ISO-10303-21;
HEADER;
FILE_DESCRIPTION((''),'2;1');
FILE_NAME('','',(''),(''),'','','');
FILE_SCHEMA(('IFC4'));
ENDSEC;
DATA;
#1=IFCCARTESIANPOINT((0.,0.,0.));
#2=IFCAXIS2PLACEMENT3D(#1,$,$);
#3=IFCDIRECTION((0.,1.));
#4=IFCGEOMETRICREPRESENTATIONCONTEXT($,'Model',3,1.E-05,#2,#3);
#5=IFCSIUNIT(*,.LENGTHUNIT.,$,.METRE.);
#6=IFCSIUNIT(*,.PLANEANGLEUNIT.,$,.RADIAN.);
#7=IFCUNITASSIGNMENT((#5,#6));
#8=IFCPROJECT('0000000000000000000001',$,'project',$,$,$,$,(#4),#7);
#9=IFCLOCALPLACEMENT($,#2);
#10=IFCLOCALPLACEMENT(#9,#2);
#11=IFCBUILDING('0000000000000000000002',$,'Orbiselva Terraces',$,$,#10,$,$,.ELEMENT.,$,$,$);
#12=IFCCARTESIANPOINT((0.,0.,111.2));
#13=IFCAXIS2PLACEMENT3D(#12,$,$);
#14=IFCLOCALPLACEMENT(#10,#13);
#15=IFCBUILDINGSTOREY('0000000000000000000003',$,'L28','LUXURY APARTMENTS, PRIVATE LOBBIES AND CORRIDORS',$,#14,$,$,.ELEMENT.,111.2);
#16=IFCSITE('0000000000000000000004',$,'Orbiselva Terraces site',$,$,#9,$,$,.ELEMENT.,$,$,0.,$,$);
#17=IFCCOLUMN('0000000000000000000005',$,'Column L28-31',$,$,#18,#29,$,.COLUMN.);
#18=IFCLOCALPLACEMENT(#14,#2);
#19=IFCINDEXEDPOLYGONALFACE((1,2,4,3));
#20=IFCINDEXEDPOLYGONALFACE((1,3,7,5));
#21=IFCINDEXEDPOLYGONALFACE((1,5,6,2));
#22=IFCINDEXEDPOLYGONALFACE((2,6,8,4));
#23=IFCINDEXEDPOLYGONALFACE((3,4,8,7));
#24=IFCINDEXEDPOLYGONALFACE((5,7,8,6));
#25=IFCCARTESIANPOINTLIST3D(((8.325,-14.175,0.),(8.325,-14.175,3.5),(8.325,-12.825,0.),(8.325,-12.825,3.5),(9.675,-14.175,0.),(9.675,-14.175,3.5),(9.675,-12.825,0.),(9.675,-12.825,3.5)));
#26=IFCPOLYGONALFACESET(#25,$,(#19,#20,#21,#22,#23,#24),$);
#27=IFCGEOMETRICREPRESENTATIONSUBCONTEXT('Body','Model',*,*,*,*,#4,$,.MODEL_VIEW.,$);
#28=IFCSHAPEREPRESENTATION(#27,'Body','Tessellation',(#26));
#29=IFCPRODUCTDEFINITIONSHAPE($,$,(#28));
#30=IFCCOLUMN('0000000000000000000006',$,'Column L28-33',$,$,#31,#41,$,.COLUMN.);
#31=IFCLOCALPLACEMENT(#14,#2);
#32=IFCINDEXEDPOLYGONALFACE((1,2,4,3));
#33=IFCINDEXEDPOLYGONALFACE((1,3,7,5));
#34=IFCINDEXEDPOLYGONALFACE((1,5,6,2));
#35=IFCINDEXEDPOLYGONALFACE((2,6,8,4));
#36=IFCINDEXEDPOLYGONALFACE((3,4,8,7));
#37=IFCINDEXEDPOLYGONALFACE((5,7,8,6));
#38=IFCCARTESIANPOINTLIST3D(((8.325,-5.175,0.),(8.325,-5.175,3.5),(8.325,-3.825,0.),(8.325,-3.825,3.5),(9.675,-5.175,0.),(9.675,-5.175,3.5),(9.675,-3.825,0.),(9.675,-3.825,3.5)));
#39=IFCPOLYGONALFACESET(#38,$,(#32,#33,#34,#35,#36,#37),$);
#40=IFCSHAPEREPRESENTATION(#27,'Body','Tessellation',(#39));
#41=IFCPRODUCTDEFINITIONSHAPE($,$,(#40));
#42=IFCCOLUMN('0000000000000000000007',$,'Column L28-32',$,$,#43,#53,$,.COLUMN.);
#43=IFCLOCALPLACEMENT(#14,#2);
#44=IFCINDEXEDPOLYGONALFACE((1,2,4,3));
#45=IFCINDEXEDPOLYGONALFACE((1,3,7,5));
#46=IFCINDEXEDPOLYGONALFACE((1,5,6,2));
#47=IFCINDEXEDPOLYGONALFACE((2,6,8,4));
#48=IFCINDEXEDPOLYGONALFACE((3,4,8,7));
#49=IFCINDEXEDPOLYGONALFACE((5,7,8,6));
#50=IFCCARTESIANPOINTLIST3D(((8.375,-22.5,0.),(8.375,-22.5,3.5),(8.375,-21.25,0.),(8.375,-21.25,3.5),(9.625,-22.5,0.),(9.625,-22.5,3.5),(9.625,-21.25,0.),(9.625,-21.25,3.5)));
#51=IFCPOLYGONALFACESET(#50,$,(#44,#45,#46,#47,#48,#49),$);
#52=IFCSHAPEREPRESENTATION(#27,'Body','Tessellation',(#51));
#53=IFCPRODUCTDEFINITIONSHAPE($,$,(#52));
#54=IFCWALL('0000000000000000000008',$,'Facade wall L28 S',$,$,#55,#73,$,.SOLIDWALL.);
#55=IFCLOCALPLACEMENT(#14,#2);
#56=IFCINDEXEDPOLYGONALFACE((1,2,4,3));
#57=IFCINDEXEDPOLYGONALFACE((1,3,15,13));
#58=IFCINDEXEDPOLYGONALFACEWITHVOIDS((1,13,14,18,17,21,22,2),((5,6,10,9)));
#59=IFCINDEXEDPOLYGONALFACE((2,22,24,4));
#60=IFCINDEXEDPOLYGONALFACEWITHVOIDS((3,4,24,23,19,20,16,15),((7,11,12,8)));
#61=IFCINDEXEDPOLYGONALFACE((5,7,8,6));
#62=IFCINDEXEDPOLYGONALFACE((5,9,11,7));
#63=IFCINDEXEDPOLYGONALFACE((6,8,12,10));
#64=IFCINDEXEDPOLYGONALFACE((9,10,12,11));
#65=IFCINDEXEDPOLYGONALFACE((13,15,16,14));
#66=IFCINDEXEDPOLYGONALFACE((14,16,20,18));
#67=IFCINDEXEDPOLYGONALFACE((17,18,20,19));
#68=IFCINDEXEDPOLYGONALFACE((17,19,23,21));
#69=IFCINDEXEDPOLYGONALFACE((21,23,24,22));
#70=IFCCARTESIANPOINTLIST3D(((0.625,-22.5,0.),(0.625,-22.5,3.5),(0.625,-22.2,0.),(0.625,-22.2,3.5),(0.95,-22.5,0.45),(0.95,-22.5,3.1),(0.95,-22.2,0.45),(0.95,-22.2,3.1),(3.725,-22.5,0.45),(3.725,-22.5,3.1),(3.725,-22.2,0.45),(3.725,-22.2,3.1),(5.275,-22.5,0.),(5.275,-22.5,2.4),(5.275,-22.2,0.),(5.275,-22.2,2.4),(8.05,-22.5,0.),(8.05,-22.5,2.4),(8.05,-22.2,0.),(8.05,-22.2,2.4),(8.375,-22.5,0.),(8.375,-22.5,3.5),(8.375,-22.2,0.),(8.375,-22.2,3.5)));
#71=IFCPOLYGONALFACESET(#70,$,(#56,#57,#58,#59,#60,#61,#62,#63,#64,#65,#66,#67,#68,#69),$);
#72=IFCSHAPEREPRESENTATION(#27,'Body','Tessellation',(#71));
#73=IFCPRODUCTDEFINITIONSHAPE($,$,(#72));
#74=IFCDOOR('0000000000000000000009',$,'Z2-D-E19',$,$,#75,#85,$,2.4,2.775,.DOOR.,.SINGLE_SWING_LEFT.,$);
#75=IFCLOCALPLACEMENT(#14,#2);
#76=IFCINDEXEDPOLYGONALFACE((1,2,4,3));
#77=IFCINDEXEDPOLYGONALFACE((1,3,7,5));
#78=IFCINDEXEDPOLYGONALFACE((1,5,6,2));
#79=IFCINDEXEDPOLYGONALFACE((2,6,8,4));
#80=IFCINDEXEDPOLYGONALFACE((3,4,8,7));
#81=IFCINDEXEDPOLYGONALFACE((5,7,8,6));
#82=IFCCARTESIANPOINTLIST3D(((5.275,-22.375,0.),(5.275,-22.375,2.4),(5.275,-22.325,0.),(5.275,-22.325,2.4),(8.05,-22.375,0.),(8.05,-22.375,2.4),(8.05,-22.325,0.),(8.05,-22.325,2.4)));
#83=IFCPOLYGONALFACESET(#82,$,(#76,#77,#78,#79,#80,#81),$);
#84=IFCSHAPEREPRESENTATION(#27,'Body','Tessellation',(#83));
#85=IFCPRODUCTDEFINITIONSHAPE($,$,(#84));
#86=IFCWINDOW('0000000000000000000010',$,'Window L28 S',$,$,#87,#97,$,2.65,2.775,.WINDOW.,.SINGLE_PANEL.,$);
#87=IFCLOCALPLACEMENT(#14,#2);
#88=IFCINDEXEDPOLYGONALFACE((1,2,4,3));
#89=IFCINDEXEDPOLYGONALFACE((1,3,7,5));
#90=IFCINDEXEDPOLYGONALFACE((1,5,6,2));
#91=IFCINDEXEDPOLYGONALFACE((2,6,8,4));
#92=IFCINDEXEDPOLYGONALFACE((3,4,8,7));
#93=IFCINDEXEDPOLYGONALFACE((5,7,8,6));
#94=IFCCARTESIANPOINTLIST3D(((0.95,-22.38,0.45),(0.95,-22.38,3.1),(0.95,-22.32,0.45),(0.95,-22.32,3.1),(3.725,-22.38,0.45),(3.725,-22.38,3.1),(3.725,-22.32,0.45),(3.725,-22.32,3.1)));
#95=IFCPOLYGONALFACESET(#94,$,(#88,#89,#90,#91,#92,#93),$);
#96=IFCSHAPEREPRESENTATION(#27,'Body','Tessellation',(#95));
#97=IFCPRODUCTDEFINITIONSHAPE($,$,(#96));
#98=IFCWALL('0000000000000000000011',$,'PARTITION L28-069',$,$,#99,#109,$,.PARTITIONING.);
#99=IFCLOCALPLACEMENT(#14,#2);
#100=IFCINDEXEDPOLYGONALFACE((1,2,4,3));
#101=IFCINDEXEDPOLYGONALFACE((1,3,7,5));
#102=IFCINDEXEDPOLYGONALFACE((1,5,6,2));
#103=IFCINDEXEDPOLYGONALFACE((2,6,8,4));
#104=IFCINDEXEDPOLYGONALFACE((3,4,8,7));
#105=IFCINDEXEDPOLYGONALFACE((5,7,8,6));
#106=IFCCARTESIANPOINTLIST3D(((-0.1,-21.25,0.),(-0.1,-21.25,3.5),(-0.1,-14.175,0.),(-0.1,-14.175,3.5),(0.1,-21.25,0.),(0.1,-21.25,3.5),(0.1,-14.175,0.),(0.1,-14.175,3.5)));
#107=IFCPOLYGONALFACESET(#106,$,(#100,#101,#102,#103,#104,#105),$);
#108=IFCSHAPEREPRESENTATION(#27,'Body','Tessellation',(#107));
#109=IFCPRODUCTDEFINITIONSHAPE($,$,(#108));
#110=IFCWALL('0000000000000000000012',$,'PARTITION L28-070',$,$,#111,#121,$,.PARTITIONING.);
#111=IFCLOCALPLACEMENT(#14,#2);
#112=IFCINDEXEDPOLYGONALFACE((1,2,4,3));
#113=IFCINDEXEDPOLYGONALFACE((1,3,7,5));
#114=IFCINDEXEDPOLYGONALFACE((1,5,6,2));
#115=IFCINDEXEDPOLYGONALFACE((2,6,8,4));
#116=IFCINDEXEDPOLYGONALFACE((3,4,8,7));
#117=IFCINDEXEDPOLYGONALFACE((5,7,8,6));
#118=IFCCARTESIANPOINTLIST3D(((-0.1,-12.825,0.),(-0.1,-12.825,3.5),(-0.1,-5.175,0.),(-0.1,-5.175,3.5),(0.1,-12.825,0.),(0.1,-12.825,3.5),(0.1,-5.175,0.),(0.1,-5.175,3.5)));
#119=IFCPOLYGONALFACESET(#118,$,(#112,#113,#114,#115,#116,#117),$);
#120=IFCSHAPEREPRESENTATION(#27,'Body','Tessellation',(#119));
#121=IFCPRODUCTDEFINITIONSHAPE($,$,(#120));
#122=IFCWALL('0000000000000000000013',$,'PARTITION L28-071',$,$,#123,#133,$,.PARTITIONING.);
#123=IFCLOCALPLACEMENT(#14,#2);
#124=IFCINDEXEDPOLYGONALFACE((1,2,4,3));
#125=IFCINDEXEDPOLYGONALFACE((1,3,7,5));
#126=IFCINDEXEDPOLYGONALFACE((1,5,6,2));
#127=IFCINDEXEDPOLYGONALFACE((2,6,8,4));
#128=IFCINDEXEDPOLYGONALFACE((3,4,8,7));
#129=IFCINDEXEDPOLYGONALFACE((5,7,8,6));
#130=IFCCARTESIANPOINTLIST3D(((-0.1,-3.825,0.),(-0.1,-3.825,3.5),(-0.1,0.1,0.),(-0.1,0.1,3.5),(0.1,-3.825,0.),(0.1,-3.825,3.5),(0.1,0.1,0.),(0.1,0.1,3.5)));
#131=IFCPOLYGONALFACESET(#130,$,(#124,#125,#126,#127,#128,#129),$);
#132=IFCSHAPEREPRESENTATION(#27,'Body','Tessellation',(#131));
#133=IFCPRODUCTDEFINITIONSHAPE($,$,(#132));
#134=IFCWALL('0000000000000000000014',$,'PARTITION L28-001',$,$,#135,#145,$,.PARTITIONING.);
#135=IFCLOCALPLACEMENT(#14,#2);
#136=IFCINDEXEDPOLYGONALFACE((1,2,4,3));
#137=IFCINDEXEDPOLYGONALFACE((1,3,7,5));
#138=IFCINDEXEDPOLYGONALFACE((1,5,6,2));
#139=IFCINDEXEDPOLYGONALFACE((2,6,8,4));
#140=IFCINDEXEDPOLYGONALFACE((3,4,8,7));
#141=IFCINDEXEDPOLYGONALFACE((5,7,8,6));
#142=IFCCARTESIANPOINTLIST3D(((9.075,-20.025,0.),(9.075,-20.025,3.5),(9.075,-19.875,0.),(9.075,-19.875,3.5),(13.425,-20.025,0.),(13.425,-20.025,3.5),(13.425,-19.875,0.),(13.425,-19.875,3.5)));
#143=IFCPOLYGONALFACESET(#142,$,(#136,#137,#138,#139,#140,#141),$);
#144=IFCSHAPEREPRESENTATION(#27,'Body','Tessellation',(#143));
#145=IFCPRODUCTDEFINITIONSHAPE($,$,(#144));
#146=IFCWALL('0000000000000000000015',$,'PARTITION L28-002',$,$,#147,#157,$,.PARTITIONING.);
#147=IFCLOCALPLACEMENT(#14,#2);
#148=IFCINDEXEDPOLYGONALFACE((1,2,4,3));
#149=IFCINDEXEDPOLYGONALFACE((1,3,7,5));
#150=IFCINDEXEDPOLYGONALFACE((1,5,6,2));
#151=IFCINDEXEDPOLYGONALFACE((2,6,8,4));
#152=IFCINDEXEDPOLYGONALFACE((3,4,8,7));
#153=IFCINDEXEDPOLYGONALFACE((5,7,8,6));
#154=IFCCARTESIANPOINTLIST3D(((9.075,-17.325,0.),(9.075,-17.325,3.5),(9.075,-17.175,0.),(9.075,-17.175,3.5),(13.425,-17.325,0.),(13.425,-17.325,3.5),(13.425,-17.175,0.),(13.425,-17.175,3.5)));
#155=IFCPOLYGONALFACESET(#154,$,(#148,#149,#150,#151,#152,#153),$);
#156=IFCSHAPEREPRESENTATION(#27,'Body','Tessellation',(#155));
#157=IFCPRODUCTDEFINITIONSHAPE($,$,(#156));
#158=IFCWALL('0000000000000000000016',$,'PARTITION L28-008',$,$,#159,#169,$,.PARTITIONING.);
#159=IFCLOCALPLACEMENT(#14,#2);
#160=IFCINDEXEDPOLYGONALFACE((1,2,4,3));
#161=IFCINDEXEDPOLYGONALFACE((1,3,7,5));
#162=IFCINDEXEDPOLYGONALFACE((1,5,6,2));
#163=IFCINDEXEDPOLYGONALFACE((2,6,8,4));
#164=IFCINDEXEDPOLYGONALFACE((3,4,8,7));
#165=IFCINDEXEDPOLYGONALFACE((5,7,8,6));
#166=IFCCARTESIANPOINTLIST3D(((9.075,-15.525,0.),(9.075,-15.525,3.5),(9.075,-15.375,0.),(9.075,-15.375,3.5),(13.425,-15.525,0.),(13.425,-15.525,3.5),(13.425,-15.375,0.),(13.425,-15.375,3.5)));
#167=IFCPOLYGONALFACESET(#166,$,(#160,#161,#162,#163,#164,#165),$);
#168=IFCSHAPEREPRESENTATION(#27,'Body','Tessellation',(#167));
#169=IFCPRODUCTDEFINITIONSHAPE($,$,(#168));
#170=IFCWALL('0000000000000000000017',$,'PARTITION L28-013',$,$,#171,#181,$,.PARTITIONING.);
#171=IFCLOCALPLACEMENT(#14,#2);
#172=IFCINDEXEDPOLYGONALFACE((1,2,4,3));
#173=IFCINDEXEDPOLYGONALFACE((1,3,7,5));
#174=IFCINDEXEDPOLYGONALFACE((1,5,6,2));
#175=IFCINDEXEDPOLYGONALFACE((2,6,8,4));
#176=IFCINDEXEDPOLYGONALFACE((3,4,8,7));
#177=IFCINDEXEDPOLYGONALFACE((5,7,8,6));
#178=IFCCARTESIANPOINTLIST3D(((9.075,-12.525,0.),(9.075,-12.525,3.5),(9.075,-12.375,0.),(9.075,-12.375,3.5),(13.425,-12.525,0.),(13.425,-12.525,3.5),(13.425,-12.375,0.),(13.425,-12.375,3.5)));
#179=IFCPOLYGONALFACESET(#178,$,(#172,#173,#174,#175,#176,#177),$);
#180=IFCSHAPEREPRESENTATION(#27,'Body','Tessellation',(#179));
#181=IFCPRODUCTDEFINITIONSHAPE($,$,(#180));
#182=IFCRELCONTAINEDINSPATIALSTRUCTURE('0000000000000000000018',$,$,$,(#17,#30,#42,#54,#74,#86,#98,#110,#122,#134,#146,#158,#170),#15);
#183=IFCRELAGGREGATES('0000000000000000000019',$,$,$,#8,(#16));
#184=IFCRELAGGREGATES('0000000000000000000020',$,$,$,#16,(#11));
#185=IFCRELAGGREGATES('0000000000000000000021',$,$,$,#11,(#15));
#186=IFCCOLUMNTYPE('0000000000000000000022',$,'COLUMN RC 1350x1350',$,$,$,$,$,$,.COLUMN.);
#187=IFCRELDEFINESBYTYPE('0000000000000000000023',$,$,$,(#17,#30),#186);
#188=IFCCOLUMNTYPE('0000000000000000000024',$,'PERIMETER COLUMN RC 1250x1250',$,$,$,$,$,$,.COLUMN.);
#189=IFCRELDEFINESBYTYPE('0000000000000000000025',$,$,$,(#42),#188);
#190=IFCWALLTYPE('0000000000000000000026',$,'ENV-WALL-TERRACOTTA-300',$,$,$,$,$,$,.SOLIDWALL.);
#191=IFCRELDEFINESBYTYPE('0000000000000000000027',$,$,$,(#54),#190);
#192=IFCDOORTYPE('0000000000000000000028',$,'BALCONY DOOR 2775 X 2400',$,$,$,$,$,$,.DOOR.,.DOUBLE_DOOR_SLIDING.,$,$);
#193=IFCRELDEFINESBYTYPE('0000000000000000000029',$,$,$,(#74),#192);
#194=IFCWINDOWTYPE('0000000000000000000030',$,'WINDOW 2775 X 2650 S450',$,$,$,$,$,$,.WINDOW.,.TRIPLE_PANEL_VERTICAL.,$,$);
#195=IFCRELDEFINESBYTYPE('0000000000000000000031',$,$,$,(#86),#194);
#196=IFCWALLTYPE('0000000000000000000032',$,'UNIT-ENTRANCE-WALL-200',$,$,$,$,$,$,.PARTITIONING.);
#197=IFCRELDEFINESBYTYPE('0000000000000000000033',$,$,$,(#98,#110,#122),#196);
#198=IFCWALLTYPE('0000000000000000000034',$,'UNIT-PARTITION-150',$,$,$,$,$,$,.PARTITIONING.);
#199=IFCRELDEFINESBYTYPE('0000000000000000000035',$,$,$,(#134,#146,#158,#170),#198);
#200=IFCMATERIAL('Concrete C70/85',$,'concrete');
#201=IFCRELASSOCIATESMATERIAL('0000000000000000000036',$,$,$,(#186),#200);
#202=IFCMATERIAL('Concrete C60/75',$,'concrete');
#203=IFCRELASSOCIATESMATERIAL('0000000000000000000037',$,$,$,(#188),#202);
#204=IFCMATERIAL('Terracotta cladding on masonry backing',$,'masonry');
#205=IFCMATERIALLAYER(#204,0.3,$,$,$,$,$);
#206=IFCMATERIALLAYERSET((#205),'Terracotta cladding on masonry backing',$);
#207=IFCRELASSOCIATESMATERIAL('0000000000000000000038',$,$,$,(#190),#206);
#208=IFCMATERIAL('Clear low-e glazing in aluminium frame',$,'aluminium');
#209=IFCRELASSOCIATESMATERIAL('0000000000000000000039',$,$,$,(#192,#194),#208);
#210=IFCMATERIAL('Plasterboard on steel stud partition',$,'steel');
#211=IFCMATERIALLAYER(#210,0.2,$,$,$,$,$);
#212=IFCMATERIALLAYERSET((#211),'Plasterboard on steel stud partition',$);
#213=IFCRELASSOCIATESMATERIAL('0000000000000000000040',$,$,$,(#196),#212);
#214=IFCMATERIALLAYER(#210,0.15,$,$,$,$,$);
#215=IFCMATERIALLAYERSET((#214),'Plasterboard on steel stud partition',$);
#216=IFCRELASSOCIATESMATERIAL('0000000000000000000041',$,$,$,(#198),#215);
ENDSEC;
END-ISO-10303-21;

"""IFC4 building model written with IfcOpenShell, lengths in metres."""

from ifc_helpers import new_model, si_unit, direction, frame, frame_2d, origin, origin_2d, place, context, subcontext, project, spatial, rectangle, extrude, material, layer, layer_set, material_profile, profile_set, type_object, element, fill, save


model = new_model("IFC4")

# Units and contexts
model_context = context("Model", 3, precision=1e-05, world=origin(), true_north=direction((0.0, 1.0)))
body_context = subcontext(model_context, "Body", "Model", "MODEL_VIEW")
ifc_project = project(units=[si_unit("LENGTHUNIT", "METRE"), si_unit("PLANEANGLEUNIT", "RADIAN")], contexts=[model_context])

# Site, building, storey
site_placement = place(None, origin())
site = spatial("IfcSite", under=ifc_project, at=site_placement, Name="Orbiselva Terraces site", CompositionType="ELEMENT", RefElevation=0.0)
building_placement = place(site_placement, origin())
building = spatial("IfcBuilding", under=site, at=building_placement, Name="Orbiselva Terraces", CompositionType="ELEMENT")
storey_placement = place(building_placement, frame((0.0, 0.0, 111.2)))
storey = spatial("IfcBuildingStorey", under=building, at=storey_placement, Name="L28", Description="LUXURY APARTMENTS, PRIVATE LOBBIES AND CORRIDORS", CompositionType="ELEMENT", Elevation=111.2)

# Columns
ifc_material_1 = material(Name="Concrete C70/85", Category="concrete")
ifc_material_profile_1 = material_profile(ifc_material_1, rectangle(XDim=1.35, YDim=1.35, at=origin_2d()), Name="RC 1350x1350")
ifc_profile_set_1 = profile_set([ifc_material_profile_1], Name="Concrete C70/85")
column_type_1 = type_object("IfcColumnType", Name="COLUMN RC 1350x1350", PredefinedType="COLUMN", material=ifc_profile_set_1)
for number, where, z_axis, x_axis, name in (
    (1, (9.0, -13.5, 0.0), (0.0, 0.0, 1.0), (1.0, 0.0, 0.0), "Column L28-31"),
    (2, (9.0, -4.5, 0.0), (0.0, 0.0, 1.0), (1.0, 0.0, 0.0), "Column L28-33"),
):
    element("IfcColumn", number, at=place(storey_placement, frame(where, z_axis=z_axis, x_axis=x_axis)), inside=storey, type_object=column_type_1, Name=name, PredefinedType="COLUMN", context=body_context, shape_type="SweptSolid", body=[
        extrude(rectangle(XDim=1.35, YDim=1.35, at=origin_2d()), origin(), (0.0, 0.0, 1.0), 3.5),
    ])
ifc_material_2 = material(Name="Concrete C60/75", Category="concrete")
ifc_material_profile_2 = material_profile(ifc_material_2, rectangle(XDim=1.25, YDim=1.25, at=origin_2d()), Name="RC 1250x1250")
ifc_profile_set_2 = profile_set([ifc_material_profile_2], Name="Concrete C60/75")
column_type_2 = type_object("IfcColumnType", Name="PERIMETER COLUMN RC 1250x1250", PredefinedType="COLUMN", material=ifc_profile_set_2)
column_placement = place(storey_placement, frame((9.0, -21.875, 0.0), z_axis=(0.0, 0.0, 1.0), x_axis=(1.0, 0.0, 0.0)))
element("IfcColumn", 3, at=column_placement, inside=storey, type_object=column_type_2, Name="Column L28-32", PredefinedType="COLUMN", context=body_context, shape_type="SweptSolid", body=[
    extrude(rectangle(XDim=1.25, YDim=1.25, at=origin_2d()), origin(), (0.0, 0.0, 1.0), 3.5),
])

# Wall, openings, door, window
ifc_material_3 = material(Name="Terracotta cladding on masonry backing", Category="masonry")
ifc_layer_1 = layer(ifc_material_3, 0.3)
ifc_layer_set_1 = layer_set([ifc_layer_1], Name="Terracotta cladding on masonry backing")
wall_type_1 = type_object("IfcWallType", Name="ENV-WALL-TERRACOTTA-300", PredefinedType="SOLIDWALL", material=ifc_layer_set_1)
wall_1_placement = place(storey_placement, frame((8.375, -22.35, 0.0), z_axis=(0.0, 0.0, 1.0), x_axis=(-1.0, 0.0, 0.0)))
wall_1 = element("IfcWall", 4, at=wall_1_placement, inside=storey, type_object=wall_type_1, Name="Facade wall L28 S", PredefinedType="SOLIDWALL", context=body_context, shape_type="SweptSolid", body=[
    extrude(rectangle(XDim=7.75, YDim=0.3, at=frame_2d((3.875, 0.0))), origin(), (0.0, 0.0, 1.0), 3.5),
])
opening_1_placement = place(wall_1_placement, frame((4.65, 0.0, 0.45)))
opening_1 = element("IfcOpeningElement", 5, at=opening_1_placement, cuts=wall_1, PredefinedType="OPENING", context=body_context, shape_type="SweptSolid", body=[
    extrude(rectangle(XDim=2.775, YDim=2.65, at=frame_2d((1.3875, 1.325))), frame((0.0, 0.16, 0.0), z_axis=(0.0, -1.0, 0.0), x_axis=(1.0, 0.0, 0.0)), (0.0, 0.0, 1.0), 0.32),
])
opening_2_placement = place(wall_1_placement, frame((0.325, 0.0, 0.0)))
opening_2 = element("IfcOpeningElement", 6, at=opening_2_placement, cuts=wall_1, PredefinedType="OPENING", context=body_context, shape_type="SweptSolid", body=[
    extrude(rectangle(XDim=2.775, YDim=2.4, at=frame_2d((1.3875, 1.2))), frame((0.0, 0.16, 0.0), z_axis=(0.0, -1.0, 0.0), x_axis=(1.0, 0.0, 0.0)), (0.0, 0.0, 1.0), 0.32),
])
ifc_material_4 = material(Name="Clear low-e glazing in aluminium frame", Category="aluminium")
door_type_1 = type_object("IfcDoorType", Name="BALCONY DOOR 2775 X 2400", OperationType="DOUBLE_DOOR_SLIDING", PredefinedType="DOOR", material=ifc_material_4)
door_1_placement = place(opening_2_placement, origin())
door_1 = element("IfcDoor", 7, at=door_1_placement, inside=storey, type_object=door_type_1, Name="Z2-D-E19", OperationType="SINGLE_SWING_LEFT", OverallHeight=2.4, OverallWidth=2.775, PredefinedType="DOOR", context=body_context, shape_type="SweptSolid", body=[
    extrude(rectangle(XDim=2.775, YDim=2.4, at=frame_2d((1.3875, 1.2))), frame((0.0, 0.025, 0.0), z_axis=(0.0, -1.0, 0.0), x_axis=(1.0, 0.0, 0.0)), (0.0, 0.0, 1.0), 0.05),
])
fill(opening_2, door_1)
window_type = type_object("IfcWindowType", Name="WINDOW 2775 X 2650 S450", PartitioningType="TRIPLE_PANEL_VERTICAL", PredefinedType="WINDOW", material=ifc_material_4)
window_placement = place(opening_1_placement, origin())
window = element("IfcWindow", 8, at=window_placement, inside=storey, type_object=window_type, Name="Window L28 S", OverallHeight=2.65, OverallWidth=2.775, PartitioningType="SINGLE_PANEL", PredefinedType="WINDOW", context=body_context, shape_type="SweptSolid", body=[
    extrude(rectangle(XDim=2.775, YDim=2.65, at=frame_2d((1.3875, 1.325))), frame((0.0, 0.03, 0.0), z_axis=(0.0, -1.0, 0.0), x_axis=(1.0, 0.0, 0.0)), (0.0, 0.0, 1.0), 0.06),
])
fill(opening_1, window)

# Walls
ifc_material_5 = material(Name="Plasterboard on steel stud partition", Category="steel")
ifc_layer_2 = layer(ifc_material_5, 0.2)
ifc_layer_set_2 = layer_set([ifc_layer_2], Name="Plasterboard on steel stud partition")
wall_type_2 = type_object("IfcWallType", Name="UNIT-ENTRANCE-WALL-200", PredefinedType="PARTITIONING", material=ifc_layer_set_2)
wall_2_placement = place(storey_placement, frame((0.0, -21.25, 0.0), z_axis=(0.0, 0.0, 1.0), x_axis=(0.0, 1.0, 0.0)))
element("IfcWall", 9, at=wall_2_placement, inside=storey, type_object=wall_type_2, Name="PARTITION L28-069", PredefinedType="PARTITIONING", context=body_context, shape_type="SweptSolid", body=[
    extrude(rectangle(XDim=7.075, YDim=0.2, at=frame_2d((3.5375, 0.0))), origin(), (0.0, 0.0, 1.0), 3.5),
])
wall_3_placement = place(storey_placement, frame((0.0, -12.825, 0.0), z_axis=(0.0, 0.0, 1.0), x_axis=(0.0, 1.0, 0.0)))
element("IfcWall", 10, at=wall_3_placement, inside=storey, type_object=wall_type_2, Name="PARTITION L28-070", PredefinedType="PARTITIONING", context=body_context, shape_type="SweptSolid", body=[
    extrude(rectangle(XDim=7.65, YDim=0.2, at=frame_2d((3.825, 0.0))), origin(), (0.0, 0.0, 1.0), 3.5),
])
wall_4_placement = place(storey_placement, frame((0.0, -3.825, 0.0), z_axis=(0.0, 0.0, 1.0), x_axis=(0.0, 1.0, 0.0)))
element("IfcWall", 11, at=wall_4_placement, inside=storey, type_object=wall_type_2, Name="PARTITION L28-071", PredefinedType="PARTITIONING", context=body_context, shape_type="SweptSolid", body=[
    extrude(rectangle(XDim=3.925, YDim=0.2, at=frame_2d((1.9625, 0.0))), origin(), (0.0, 0.0, 1.0), 3.5),
])
ifc_layer_3 = layer(ifc_material_5, 0.15)
ifc_layer_set_3 = layer_set([ifc_layer_3], Name="Plasterboard on steel stud partition")
wall_type_3 = type_object("IfcWallType", Name="UNIT-PARTITION-150", PredefinedType="PARTITIONING", material=ifc_layer_set_3)
for number, where, z_axis, x_axis, name in (
    (12, (9.075, -19.95, 0.0), (0.0, 0.0, 1.0), (1.0, 0.0, 0.0), "PARTITION L28-001"),
    (13, (9.075, -17.25, 0.0), (0.0, 0.0, 1.0), (1.0, 0.0, 0.0), "PARTITION L28-002"),
    (14, (9.075, -15.45, 0.0), (0.0, 0.0, 1.0), (1.0, 0.0, 0.0), "PARTITION L28-008"),
    (15, (9.075, -12.45, 0.0), (0.0, 0.0, 1.0), (1.0, 0.0, 0.0), "PARTITION L28-013"),
):
    element("IfcWall", number, at=place(storey_placement, frame(where, z_axis=z_axis, x_axis=x_axis)), inside=storey, type_object=wall_type_3, Name=name, PredefinedType="PARTITIONING", context=body_context, shape_type="SweptSolid", body=[
        extrude(rectangle(XDim=4.35, YDim=0.15, at=frame_2d((2.175, 0.0))), origin(), (0.0, 0.0, 1.0), 3.5),
    ])

save(model, "model.ifc")
